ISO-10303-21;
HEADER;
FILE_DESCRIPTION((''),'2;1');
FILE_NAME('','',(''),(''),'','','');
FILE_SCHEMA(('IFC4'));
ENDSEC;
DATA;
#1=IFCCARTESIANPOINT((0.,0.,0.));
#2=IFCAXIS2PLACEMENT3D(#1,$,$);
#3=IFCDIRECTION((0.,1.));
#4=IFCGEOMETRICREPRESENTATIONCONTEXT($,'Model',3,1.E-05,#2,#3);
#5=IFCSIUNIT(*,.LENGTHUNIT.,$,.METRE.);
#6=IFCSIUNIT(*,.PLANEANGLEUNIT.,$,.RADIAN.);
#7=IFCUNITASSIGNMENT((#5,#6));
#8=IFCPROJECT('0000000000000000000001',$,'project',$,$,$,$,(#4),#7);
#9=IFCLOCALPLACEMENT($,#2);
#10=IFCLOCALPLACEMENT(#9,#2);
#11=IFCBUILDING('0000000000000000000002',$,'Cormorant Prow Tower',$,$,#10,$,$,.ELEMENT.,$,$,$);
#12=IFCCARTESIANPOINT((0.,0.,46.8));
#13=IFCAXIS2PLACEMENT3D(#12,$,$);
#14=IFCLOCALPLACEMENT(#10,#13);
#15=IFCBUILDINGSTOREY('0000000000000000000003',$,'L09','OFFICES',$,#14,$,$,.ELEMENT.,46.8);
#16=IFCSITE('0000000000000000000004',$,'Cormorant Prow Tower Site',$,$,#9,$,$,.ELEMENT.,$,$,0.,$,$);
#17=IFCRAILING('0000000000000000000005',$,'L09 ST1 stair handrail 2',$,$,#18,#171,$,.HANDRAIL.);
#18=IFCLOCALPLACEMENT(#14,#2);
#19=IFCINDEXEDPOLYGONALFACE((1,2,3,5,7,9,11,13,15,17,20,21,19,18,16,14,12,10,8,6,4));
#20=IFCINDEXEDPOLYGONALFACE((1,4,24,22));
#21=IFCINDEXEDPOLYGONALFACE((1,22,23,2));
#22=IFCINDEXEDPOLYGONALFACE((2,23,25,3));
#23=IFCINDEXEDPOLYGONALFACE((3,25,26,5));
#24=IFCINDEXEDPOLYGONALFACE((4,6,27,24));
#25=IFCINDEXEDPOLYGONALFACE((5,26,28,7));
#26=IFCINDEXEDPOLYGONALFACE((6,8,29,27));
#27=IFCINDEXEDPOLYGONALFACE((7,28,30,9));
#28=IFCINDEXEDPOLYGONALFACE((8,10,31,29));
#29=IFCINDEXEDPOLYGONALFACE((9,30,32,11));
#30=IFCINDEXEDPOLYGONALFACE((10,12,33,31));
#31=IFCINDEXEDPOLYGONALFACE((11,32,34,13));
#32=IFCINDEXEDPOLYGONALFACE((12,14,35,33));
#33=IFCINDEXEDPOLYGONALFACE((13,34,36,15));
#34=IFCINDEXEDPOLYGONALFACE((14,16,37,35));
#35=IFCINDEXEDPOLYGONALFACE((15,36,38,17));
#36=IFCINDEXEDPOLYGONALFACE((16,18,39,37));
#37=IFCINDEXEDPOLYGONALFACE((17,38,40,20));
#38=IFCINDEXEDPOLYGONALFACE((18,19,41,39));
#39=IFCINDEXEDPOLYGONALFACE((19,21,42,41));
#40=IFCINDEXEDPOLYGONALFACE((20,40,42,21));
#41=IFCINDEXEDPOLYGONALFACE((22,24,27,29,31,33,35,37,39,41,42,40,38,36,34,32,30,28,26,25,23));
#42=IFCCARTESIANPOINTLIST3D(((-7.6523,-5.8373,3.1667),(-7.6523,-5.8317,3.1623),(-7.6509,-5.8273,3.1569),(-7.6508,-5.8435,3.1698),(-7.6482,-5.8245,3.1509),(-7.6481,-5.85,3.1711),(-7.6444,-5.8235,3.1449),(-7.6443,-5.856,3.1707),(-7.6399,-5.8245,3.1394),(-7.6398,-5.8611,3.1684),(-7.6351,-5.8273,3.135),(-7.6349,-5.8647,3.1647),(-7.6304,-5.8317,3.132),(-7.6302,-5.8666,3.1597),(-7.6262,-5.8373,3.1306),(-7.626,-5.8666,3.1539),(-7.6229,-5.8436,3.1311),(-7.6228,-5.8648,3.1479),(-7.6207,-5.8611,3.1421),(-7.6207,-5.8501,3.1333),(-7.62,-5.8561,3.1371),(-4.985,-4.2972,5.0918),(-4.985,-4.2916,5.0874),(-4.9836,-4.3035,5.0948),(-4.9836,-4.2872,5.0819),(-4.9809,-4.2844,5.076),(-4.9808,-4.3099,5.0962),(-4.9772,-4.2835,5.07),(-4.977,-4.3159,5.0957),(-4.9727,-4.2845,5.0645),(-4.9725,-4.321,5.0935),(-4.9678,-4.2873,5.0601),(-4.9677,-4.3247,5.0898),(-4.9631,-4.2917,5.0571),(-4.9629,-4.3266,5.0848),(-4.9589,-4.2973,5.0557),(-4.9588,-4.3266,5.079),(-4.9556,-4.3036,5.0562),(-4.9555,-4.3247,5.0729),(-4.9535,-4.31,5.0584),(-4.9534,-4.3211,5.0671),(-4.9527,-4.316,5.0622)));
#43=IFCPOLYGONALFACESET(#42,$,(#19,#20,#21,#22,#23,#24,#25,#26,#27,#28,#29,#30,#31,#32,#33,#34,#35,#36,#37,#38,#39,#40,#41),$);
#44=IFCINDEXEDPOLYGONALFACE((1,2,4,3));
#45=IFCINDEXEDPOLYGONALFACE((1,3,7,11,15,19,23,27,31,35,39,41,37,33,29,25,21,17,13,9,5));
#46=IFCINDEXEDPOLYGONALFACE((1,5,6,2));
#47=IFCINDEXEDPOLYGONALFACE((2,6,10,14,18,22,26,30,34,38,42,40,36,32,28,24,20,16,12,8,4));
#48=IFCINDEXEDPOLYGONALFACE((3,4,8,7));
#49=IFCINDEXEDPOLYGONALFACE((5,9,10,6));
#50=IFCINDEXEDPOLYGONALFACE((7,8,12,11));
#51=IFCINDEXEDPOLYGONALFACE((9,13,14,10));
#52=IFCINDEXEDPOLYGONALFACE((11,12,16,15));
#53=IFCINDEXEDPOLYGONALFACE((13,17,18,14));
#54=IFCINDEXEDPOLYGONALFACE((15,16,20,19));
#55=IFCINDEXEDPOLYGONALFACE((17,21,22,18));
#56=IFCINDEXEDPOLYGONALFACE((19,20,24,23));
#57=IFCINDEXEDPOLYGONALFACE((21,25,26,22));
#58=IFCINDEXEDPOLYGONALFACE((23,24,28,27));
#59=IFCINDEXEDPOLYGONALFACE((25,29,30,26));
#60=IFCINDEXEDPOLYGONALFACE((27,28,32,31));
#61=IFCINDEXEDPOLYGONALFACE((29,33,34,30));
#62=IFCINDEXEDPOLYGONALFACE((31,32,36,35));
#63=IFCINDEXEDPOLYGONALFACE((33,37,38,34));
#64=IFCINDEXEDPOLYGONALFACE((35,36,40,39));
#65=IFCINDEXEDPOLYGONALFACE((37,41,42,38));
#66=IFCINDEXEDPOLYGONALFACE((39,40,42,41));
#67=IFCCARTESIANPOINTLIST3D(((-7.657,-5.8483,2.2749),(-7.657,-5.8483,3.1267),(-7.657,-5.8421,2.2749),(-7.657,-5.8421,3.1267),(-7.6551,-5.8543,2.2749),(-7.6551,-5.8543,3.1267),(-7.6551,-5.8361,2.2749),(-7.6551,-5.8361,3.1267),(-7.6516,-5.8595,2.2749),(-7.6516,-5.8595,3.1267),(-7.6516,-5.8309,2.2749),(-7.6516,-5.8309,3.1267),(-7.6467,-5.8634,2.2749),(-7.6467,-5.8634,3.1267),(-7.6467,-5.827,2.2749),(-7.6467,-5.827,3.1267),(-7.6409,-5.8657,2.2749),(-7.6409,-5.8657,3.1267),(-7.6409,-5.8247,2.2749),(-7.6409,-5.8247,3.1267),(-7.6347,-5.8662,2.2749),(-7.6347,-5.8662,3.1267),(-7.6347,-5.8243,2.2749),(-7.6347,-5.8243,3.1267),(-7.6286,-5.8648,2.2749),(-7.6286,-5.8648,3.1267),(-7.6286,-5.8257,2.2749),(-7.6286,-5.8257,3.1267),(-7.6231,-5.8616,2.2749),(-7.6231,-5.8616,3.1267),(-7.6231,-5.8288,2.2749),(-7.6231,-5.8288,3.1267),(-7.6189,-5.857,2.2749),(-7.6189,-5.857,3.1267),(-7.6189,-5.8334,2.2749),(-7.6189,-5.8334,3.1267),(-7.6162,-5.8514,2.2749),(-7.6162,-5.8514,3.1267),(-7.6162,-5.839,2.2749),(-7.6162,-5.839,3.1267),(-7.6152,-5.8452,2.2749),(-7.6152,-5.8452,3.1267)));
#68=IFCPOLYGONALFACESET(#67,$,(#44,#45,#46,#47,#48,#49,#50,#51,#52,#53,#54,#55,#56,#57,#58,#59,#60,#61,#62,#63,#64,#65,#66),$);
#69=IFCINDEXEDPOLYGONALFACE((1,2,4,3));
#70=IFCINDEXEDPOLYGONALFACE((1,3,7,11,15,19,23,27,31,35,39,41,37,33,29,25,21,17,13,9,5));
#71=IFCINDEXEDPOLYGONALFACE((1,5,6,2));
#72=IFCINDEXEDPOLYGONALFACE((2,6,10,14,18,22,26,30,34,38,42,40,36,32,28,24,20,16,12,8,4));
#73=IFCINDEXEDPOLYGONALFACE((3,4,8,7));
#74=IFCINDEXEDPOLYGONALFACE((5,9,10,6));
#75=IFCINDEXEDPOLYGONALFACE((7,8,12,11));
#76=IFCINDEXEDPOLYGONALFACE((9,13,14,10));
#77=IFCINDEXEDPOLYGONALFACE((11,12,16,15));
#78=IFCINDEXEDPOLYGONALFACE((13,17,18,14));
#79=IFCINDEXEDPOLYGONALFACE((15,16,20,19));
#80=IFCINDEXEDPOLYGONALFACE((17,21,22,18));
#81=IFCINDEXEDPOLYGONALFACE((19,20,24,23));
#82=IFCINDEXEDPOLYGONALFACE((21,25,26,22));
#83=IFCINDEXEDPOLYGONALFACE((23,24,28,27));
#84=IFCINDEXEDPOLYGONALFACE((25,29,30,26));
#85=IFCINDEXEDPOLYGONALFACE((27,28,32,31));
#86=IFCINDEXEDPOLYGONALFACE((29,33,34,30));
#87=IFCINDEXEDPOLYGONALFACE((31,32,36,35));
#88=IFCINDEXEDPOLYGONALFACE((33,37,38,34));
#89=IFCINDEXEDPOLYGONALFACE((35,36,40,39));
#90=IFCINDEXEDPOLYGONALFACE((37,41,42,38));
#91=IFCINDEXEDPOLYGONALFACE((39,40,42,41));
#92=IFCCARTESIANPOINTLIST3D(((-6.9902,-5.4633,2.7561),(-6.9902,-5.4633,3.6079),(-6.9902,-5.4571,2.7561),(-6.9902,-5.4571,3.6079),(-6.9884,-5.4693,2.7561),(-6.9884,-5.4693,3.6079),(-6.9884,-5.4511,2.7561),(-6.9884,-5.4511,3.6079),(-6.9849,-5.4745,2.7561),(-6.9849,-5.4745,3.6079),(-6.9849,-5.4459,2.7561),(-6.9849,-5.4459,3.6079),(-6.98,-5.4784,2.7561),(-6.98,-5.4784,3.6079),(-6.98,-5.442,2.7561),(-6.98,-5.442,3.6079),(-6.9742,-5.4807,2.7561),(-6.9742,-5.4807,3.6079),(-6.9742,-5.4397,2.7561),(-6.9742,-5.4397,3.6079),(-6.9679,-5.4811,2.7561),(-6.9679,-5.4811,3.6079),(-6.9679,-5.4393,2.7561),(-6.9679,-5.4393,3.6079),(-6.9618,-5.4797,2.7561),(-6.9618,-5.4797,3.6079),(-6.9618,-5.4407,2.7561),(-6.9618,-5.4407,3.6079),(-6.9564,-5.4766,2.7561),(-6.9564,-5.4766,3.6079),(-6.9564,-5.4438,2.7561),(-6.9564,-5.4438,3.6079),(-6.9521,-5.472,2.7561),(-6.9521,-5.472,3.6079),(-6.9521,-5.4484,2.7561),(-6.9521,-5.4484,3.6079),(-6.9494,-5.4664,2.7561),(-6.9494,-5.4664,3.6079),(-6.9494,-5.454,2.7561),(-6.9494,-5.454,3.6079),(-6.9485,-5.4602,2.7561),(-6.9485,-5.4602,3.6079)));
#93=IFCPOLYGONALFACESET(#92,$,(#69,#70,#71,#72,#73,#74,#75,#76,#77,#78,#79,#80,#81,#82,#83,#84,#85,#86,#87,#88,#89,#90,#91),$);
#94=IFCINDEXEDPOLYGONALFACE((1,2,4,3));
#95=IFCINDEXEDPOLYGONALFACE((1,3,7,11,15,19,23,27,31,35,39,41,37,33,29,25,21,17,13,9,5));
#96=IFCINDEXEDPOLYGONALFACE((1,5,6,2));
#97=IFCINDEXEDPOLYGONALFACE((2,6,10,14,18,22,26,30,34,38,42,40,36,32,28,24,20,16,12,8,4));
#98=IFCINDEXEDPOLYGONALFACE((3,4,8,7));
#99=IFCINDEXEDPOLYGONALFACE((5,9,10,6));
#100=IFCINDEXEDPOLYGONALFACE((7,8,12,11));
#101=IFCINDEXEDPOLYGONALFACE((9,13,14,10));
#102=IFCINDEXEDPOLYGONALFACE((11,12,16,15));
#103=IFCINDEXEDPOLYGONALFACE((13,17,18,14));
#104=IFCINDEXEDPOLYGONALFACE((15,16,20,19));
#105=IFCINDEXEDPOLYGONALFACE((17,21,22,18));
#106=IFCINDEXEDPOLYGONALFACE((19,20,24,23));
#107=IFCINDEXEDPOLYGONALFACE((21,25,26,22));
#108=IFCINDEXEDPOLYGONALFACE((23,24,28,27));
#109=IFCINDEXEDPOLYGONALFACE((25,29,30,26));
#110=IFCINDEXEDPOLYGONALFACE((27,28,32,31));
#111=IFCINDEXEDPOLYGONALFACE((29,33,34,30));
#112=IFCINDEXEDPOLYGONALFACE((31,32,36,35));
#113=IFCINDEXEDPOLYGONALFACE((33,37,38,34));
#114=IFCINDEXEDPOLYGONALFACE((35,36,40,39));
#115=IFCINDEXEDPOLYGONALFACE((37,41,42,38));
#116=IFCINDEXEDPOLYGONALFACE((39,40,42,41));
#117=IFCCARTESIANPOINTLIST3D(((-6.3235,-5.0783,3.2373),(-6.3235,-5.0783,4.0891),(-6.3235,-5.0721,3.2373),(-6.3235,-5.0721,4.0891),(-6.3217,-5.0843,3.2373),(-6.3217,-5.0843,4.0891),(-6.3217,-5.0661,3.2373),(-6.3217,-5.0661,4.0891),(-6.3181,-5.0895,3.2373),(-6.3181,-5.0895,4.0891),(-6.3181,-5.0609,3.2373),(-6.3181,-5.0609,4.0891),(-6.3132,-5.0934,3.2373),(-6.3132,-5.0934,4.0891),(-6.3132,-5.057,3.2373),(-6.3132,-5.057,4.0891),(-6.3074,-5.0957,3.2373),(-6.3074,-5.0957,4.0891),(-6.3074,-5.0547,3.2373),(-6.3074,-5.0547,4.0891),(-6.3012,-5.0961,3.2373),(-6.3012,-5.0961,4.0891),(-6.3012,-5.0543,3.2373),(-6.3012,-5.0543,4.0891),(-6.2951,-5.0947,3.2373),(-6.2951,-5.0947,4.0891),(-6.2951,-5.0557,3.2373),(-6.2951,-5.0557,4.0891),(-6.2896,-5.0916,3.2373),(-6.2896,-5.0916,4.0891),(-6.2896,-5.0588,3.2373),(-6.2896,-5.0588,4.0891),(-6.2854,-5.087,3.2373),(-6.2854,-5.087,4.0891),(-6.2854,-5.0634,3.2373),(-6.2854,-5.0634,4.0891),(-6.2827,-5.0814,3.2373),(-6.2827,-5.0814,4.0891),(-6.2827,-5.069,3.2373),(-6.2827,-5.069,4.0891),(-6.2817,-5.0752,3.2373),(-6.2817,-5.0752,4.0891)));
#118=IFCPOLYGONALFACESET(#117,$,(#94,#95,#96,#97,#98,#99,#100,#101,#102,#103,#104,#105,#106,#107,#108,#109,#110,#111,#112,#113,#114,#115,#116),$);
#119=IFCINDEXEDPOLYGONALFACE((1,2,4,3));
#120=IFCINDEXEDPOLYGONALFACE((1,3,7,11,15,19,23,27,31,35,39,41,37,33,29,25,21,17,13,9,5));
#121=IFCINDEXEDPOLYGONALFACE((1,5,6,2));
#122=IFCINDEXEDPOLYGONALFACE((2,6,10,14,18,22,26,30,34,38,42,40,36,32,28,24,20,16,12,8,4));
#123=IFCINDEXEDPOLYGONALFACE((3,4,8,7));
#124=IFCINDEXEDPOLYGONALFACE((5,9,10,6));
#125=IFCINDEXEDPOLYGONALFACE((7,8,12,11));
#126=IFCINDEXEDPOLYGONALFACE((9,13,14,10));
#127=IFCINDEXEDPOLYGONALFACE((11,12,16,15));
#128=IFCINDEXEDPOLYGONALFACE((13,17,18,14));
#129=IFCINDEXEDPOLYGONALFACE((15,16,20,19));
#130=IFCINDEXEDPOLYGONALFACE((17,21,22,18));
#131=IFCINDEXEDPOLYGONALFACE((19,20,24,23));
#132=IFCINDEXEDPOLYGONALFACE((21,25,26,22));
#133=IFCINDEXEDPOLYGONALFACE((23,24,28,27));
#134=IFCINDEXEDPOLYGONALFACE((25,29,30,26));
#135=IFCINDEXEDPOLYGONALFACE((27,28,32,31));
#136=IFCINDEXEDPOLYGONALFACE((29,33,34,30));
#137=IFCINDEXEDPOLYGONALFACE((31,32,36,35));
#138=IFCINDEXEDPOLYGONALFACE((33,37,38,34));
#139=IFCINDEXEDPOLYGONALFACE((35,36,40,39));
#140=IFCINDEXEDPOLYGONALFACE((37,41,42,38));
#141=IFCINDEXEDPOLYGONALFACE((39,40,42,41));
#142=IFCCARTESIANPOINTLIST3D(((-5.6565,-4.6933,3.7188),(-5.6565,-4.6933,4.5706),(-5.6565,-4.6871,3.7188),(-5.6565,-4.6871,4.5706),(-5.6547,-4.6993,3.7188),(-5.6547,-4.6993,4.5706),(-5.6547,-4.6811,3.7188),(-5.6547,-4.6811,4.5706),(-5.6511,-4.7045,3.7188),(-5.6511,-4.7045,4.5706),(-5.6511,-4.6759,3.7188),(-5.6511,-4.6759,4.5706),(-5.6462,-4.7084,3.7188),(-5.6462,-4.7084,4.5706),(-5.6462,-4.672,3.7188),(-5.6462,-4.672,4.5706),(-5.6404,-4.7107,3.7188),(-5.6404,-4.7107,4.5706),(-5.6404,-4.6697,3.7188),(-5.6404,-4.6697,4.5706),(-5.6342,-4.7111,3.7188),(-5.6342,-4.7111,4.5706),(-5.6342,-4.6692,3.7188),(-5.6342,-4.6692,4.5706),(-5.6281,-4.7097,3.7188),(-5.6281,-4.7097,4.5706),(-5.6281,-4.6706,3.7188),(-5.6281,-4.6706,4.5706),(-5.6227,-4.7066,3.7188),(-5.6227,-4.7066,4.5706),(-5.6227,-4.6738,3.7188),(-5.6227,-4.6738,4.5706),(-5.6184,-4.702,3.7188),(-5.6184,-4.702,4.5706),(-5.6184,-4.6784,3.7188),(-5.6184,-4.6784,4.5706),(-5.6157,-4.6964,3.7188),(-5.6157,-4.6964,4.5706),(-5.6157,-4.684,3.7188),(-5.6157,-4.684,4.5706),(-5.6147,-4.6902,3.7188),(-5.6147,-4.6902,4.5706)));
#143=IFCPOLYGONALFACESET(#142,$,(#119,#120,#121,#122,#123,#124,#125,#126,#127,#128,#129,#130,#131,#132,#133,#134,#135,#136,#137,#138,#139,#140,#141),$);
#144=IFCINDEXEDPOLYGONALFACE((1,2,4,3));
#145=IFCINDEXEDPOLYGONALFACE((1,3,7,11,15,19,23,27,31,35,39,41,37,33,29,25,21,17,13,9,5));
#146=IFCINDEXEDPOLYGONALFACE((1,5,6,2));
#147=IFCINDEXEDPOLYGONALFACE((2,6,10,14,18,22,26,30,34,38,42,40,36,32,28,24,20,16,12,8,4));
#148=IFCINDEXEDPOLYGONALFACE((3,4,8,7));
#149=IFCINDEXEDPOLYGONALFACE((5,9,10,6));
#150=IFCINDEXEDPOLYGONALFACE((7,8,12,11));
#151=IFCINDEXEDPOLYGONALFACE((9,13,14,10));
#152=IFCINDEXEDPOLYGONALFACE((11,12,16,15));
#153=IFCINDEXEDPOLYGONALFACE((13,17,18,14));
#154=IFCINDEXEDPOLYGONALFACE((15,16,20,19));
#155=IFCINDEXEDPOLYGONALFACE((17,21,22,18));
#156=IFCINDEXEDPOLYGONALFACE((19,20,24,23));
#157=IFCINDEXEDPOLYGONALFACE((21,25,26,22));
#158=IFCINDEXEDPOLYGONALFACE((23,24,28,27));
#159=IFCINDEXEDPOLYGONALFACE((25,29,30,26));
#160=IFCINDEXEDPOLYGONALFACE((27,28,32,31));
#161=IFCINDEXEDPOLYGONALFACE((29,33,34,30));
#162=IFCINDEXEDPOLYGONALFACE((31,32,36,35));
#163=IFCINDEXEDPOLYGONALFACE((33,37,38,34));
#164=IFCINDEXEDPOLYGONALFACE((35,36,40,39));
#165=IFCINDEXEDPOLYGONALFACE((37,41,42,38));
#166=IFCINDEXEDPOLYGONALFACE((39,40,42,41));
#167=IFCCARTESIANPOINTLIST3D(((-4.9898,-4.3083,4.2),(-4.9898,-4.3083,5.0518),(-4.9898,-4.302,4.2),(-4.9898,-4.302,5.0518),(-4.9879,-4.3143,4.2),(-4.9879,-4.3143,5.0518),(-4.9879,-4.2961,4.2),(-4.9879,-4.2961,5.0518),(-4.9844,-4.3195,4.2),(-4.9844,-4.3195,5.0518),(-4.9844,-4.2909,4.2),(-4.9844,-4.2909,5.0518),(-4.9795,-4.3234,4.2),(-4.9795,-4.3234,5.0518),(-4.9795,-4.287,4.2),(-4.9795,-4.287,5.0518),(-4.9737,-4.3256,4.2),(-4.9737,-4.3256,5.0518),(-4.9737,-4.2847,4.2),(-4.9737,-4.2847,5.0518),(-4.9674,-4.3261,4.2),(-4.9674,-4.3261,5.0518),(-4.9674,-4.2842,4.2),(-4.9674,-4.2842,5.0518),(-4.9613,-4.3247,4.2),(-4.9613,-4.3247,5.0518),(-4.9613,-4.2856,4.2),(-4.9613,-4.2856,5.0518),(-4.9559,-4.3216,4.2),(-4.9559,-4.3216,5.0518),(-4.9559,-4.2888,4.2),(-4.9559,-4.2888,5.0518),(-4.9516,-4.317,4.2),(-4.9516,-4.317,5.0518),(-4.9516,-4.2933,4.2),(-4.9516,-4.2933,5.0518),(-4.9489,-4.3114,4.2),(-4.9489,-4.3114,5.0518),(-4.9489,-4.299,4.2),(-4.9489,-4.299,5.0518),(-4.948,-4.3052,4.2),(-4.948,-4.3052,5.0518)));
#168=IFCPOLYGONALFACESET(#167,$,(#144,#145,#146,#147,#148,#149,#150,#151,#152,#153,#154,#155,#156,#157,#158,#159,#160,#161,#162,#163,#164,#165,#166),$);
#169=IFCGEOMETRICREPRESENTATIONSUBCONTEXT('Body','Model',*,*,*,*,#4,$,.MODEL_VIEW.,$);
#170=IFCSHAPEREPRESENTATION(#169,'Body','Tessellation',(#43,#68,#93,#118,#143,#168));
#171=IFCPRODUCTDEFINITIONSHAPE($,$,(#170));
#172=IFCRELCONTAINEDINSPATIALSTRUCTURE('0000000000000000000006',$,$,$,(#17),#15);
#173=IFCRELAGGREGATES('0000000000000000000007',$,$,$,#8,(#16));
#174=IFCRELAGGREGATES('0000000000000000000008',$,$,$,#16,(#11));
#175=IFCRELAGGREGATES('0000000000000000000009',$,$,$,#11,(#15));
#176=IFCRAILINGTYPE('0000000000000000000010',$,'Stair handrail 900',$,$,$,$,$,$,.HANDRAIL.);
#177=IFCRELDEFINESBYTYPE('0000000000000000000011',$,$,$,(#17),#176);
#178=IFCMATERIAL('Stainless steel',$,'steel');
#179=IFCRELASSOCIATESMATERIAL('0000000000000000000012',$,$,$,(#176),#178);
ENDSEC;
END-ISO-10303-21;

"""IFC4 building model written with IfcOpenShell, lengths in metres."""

from ifc_helpers import new_model, si_unit, direction, frame, origin, origin_2d, place, context, subcontext, project, spatial, circle, extrude, material, type_object, element, save


model = new_model("IFC4")

# Units and contexts
model_context = context("Model", 3, precision=1e-05, world=origin(), true_north=direction((0.0, 1.0)))
body_context = subcontext(model_context, "Body", "Model", "MODEL_VIEW")
ifc_project = project(units=[si_unit("LENGTHUNIT", "METRE"), si_unit("PLANEANGLEUNIT", "RADIAN")], contexts=[model_context])

# Site, building, storey
site_placement = place(None, origin())
site = spatial("IfcSite", under=ifc_project, at=site_placement, Name="Cormorant Prow Tower Site", CompositionType="ELEMENT", RefElevation=0.0)
building_placement = place(site_placement, origin())
building = spatial("IfcBuilding", under=site, at=building_placement, Name="Cormorant Prow Tower", CompositionType="ELEMENT")
storey_placement = place(building_placement, frame((0.0, 0.0, 46.8)))
storey = spatial("IfcBuildingStorey", under=building, at=storey_placement, Name="L09", Description="OFFICES", CompositionType="ELEMENT", Elevation=46.8)

# Railing
ifc_material_1 = material(Name="Stainless steel", Category="steel")
railing_type_1 = type_object("IfcRailingType", Name="Stair handrail 900", PredefinedType="HANDRAIL", material=ifc_material_1)
railing_1_placement = place(storey_placement, frame((-7.6362, -5.8452, 2.2749)))
element("IfcRailing", 1, at=railing_1_placement, inside=storey, type_object=railing_type_1, Name="L09 ST1 stair handrail 2", PredefinedType="HANDRAIL", context=body_context, shape_type="SweptSolid", body=[
    extrude(circle(Radius=0.0239, at=origin_2d()), frame((0.0, 0.0, 0.876), z_axis=(0.734364, 0.424015, 0.530019), x_axis=(-0.500027, 0.86601, 0.0)), (0.0, 0.0, 1.0), 3.6321),
    extrude(circle(Radius=0.021, at=origin_2d()), origin(), (0.0, 0.0, 1.0), 0.8518),
    extrude(circle(Radius=0.021, at=origin_2d()), frame((0.6667, 0.385, 0.4812)), (0.0, 0.0, 1.0), 0.8518),
    extrude(circle(Radius=0.021, at=origin_2d()), frame((1.3335, 0.77, 0.9624)), (0.0, 0.0, 1.0), 0.8518),
    extrude(circle(Radius=0.021, at=origin_2d()), frame((2.0005, 1.155, 1.4438)), (0.0, 0.0, 1.0), 0.8518),
    extrude(circle(Radius=0.021, at=origin_2d()), frame((2.6672, 1.54, 1.925)), (0.0, 0.0, 1.0), 0.8518),
])

save(model, "model.ifc")
